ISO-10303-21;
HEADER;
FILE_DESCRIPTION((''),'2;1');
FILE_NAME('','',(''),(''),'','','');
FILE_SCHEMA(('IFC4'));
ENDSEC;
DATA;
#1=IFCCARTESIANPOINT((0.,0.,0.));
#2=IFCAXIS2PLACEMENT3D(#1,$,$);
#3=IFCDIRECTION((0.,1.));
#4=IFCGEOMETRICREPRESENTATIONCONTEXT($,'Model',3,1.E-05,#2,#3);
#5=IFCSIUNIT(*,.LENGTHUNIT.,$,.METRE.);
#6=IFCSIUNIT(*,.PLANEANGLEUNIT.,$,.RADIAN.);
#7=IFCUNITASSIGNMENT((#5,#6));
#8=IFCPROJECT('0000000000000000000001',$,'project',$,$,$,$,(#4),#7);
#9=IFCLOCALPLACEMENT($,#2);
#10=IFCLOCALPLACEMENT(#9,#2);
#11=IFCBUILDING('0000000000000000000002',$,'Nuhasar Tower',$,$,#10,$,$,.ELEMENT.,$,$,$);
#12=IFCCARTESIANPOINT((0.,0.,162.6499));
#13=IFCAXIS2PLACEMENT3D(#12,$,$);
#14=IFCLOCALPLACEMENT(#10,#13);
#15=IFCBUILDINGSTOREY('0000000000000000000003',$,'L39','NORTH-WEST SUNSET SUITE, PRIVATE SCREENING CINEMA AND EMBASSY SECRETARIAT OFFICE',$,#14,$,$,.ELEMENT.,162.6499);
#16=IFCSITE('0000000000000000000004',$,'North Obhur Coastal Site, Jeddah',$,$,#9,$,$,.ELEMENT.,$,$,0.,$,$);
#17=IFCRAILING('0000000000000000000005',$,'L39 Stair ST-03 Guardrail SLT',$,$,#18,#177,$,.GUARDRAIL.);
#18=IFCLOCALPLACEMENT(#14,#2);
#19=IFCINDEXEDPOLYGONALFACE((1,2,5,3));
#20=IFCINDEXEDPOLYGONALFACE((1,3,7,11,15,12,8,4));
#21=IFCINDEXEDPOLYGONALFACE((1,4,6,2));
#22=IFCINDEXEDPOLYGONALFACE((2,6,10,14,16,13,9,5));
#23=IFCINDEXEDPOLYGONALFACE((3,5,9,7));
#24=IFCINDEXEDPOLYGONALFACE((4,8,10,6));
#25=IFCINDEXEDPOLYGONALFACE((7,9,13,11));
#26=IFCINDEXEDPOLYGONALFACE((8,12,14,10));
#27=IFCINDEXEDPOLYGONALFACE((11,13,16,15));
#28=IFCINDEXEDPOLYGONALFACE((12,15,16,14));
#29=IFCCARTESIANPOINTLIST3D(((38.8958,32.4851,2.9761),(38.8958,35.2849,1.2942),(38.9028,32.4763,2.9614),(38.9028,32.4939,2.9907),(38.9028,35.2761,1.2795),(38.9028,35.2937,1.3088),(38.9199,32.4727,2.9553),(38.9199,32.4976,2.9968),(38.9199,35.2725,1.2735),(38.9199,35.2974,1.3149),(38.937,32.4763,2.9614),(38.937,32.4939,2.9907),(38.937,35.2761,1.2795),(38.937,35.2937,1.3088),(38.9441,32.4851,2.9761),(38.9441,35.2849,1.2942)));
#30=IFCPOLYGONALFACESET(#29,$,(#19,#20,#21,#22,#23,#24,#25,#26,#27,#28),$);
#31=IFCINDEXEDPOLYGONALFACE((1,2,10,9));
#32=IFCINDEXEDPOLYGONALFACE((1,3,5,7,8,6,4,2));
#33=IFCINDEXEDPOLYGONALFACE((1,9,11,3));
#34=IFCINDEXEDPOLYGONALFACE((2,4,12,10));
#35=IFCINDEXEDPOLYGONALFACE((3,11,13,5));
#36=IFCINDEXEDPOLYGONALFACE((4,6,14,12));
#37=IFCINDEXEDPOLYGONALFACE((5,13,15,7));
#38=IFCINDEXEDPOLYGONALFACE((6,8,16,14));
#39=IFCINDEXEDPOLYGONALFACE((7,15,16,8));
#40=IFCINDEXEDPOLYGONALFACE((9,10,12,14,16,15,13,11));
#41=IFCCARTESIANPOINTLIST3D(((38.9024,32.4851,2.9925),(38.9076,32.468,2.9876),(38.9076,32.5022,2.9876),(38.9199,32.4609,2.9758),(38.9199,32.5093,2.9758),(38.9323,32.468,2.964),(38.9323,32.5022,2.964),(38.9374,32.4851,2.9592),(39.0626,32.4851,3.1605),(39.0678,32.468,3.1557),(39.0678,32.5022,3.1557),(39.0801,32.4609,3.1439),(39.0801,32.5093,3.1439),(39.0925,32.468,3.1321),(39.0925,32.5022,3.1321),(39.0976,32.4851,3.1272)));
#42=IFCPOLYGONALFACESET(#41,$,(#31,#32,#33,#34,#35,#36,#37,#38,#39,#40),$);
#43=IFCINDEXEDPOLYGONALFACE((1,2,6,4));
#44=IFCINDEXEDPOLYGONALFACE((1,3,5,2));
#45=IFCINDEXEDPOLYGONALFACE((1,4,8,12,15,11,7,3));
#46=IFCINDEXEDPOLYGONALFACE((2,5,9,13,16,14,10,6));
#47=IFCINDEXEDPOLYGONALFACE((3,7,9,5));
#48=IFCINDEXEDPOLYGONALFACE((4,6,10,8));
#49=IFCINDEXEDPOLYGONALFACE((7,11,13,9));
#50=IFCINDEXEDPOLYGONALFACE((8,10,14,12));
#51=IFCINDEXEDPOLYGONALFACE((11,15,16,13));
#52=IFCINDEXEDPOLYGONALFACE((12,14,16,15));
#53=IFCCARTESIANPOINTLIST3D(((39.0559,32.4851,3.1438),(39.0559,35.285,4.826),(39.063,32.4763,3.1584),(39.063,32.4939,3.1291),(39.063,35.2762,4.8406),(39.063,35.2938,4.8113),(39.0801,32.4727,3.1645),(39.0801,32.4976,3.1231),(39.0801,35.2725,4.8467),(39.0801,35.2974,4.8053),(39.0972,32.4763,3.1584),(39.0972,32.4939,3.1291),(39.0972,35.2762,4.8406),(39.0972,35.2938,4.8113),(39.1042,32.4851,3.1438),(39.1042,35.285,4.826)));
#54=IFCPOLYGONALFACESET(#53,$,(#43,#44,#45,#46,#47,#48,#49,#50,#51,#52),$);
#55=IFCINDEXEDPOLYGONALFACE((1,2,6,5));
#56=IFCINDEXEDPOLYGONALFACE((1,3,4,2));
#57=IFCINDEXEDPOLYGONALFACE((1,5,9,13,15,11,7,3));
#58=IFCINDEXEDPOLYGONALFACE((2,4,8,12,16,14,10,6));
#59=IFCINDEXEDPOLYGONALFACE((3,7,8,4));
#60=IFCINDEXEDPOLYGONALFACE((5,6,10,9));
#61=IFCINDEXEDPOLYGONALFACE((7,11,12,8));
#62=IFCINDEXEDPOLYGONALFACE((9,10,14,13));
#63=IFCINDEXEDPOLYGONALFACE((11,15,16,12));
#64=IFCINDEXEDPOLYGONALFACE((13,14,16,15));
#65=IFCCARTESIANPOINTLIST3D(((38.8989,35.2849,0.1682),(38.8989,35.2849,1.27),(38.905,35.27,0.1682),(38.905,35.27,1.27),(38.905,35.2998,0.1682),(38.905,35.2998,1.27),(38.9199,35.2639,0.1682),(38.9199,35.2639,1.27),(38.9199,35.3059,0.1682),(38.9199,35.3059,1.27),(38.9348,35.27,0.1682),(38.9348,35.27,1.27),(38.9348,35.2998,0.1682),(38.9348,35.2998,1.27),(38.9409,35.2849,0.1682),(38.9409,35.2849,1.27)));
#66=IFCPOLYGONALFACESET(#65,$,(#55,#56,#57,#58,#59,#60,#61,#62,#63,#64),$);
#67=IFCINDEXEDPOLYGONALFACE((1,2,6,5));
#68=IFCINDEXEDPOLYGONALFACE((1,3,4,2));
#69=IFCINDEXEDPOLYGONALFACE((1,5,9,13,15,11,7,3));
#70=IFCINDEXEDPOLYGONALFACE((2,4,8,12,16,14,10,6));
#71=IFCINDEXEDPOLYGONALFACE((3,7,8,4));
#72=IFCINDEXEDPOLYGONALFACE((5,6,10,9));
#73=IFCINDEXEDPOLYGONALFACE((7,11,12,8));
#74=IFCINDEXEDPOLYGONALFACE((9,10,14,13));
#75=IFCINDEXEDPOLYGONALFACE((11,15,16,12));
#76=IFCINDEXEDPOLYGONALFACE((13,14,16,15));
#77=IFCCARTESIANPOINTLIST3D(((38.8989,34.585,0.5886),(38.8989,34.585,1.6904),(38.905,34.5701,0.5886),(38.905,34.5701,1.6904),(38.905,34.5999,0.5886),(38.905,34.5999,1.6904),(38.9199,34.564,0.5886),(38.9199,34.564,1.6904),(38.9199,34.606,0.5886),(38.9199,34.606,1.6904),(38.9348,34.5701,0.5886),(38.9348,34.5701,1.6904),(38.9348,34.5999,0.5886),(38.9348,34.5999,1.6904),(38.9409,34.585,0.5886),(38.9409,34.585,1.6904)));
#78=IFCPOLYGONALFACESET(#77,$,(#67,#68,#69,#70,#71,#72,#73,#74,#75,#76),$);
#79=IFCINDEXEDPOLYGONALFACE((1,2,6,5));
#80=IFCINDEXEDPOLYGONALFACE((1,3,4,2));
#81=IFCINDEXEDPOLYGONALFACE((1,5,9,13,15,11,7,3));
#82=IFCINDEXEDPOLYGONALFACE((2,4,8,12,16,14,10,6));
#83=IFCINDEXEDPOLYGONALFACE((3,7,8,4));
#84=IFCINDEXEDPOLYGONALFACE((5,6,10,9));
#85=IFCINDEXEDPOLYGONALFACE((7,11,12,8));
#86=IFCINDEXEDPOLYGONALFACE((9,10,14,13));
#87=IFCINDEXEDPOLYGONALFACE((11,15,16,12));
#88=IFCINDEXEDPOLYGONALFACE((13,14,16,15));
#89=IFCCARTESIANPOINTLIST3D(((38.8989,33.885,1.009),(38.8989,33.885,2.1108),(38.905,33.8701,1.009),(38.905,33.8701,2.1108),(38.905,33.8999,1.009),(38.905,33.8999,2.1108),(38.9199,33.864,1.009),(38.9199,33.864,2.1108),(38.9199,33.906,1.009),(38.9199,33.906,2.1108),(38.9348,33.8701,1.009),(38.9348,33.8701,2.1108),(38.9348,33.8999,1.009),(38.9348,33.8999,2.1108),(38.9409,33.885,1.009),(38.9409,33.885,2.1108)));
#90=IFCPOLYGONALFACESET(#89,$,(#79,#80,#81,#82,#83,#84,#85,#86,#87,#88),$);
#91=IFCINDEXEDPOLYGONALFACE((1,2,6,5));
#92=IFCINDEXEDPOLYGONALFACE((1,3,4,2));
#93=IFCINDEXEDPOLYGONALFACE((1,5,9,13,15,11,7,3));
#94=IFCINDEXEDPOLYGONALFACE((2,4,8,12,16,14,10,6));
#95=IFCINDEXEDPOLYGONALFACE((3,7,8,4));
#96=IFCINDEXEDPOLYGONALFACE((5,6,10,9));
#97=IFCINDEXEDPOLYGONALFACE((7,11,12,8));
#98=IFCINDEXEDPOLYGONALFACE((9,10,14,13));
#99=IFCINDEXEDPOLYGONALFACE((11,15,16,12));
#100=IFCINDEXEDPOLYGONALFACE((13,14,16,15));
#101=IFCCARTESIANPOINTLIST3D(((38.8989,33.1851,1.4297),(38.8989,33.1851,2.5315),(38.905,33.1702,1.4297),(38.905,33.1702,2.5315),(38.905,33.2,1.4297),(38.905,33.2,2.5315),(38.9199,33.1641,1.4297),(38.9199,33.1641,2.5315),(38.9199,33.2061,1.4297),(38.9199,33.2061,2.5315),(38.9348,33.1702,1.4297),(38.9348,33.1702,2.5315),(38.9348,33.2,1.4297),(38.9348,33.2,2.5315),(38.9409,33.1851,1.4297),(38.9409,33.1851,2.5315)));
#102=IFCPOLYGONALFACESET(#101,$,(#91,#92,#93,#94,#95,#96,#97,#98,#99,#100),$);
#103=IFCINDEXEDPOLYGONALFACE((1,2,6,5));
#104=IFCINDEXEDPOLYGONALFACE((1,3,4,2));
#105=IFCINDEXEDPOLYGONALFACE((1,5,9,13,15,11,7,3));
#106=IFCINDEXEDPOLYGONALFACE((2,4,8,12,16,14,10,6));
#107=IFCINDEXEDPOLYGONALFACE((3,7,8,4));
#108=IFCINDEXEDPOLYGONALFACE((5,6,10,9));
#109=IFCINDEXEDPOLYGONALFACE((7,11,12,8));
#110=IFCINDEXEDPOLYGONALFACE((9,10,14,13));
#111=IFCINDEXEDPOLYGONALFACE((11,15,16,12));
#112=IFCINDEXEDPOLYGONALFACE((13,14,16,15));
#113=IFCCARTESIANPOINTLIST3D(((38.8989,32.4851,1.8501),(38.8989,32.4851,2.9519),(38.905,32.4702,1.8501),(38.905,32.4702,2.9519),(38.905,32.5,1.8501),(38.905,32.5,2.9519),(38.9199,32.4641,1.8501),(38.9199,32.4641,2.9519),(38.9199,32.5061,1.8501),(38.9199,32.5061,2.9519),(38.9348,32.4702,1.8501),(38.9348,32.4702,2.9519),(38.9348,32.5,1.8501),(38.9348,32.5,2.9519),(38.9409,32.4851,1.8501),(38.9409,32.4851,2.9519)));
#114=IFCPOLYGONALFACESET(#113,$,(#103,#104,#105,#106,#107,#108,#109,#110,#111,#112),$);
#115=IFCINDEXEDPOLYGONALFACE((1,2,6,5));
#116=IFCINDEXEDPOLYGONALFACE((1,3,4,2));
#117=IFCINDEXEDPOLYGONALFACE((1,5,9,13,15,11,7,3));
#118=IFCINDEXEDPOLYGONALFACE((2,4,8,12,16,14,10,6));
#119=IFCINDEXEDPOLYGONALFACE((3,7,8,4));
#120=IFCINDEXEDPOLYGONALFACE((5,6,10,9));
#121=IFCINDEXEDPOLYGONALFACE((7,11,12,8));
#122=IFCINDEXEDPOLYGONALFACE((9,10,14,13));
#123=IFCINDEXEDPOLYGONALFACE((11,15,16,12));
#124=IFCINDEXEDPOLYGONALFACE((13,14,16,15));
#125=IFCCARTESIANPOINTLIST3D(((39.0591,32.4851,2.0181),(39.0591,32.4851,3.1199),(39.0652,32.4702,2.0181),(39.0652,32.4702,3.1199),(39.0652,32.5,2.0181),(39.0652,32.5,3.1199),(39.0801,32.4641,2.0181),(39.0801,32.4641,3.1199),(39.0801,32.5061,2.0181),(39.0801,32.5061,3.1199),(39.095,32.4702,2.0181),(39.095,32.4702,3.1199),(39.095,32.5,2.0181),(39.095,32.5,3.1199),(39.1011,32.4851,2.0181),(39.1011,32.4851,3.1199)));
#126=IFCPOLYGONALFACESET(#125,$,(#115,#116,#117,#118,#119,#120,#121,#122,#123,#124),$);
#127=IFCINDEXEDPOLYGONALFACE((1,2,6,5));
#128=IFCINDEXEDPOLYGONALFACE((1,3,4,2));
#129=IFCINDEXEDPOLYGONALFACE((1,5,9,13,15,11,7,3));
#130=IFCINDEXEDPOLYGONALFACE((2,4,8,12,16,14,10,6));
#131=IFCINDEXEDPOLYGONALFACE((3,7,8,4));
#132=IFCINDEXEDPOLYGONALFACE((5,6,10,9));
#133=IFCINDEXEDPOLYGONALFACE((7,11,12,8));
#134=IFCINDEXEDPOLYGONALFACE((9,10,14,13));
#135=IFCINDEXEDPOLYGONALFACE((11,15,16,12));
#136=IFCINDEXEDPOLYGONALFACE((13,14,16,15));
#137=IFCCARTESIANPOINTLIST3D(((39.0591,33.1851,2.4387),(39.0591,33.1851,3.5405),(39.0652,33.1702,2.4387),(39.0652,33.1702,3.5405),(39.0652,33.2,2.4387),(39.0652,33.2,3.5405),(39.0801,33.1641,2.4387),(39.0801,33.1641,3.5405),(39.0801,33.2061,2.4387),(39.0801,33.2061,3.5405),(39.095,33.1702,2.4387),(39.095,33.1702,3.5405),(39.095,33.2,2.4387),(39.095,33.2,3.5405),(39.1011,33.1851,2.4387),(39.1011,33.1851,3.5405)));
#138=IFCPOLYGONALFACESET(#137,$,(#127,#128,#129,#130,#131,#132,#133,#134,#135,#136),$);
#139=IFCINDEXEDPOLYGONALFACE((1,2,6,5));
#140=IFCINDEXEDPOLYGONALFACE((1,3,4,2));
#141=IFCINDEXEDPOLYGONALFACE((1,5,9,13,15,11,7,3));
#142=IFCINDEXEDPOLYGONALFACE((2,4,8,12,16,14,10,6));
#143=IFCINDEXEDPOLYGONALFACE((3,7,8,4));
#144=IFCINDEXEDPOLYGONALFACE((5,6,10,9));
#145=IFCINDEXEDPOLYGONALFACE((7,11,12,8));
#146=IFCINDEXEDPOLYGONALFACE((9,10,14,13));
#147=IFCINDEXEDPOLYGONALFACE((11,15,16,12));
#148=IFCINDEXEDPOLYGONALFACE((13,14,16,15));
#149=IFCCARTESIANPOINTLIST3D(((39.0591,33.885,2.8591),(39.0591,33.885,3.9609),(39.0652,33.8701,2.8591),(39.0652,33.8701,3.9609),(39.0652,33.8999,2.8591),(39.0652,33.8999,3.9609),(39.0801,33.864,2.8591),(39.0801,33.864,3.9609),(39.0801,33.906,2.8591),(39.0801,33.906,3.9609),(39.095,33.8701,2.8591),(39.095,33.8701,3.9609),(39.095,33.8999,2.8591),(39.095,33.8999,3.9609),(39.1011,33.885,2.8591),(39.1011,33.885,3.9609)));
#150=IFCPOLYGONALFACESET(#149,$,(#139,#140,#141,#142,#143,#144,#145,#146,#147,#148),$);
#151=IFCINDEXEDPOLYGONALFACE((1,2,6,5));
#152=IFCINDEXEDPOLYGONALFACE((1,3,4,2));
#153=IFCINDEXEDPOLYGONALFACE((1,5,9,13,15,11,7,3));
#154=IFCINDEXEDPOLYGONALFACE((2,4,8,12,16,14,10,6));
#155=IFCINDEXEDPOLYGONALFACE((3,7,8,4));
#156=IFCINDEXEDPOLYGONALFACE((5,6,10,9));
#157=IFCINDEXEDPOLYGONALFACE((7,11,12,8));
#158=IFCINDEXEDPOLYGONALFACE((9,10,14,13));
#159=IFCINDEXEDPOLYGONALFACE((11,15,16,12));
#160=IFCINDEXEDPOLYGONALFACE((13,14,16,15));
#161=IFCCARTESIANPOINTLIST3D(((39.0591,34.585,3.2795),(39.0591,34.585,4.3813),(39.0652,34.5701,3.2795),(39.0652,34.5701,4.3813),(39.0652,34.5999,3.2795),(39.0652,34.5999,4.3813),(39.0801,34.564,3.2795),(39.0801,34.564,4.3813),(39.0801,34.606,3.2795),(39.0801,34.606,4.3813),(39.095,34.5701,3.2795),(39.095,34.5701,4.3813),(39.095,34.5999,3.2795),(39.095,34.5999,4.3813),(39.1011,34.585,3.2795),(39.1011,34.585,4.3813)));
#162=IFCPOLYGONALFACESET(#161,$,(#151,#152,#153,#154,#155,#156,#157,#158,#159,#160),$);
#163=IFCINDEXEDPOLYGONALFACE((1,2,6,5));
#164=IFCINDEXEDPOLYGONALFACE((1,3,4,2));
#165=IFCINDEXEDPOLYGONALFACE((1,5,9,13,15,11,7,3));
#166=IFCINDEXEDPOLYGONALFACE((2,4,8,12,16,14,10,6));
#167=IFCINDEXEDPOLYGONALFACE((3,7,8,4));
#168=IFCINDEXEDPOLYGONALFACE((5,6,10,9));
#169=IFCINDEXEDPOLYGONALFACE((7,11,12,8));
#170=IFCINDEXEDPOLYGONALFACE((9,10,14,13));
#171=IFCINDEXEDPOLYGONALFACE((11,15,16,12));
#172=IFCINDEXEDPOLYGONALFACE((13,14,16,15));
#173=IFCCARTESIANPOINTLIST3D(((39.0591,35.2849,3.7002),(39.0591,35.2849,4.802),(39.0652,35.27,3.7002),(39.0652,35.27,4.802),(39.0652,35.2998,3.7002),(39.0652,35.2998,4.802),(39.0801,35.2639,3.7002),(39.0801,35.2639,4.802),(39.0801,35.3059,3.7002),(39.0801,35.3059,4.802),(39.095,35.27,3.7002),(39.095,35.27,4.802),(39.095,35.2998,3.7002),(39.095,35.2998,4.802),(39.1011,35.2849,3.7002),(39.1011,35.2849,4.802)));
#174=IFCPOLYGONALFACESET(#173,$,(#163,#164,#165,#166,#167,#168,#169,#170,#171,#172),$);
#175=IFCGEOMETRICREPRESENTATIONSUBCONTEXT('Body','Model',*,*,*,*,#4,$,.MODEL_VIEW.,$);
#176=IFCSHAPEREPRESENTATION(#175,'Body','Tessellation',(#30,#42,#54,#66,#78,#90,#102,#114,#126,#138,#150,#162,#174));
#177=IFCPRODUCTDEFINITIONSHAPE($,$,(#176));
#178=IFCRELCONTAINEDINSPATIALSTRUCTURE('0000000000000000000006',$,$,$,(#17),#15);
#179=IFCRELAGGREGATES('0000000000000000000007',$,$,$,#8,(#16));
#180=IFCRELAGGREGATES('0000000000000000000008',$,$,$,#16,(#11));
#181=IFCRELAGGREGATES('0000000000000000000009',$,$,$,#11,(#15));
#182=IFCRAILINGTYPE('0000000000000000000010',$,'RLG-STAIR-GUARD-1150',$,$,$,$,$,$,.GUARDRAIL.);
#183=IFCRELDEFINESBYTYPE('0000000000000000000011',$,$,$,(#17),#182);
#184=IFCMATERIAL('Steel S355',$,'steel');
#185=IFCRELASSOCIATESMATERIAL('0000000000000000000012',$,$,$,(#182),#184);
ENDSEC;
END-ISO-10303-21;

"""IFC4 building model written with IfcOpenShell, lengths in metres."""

from ifc_helpers import new_model, si_unit, direction, frame, origin, place, context, subcontext, project, spatial, polyline, outline, extrude, material, type_object, element, save


model = new_model("IFC4")

# Units and contexts
model_context = context("Model", 3, precision=1e-05, world=origin(), true_north=direction((0.0, 1.0)))
body_context = subcontext(model_context, "Body", "Model", "MODEL_VIEW")
ifc_project = project(units=[si_unit("LENGTHUNIT", "METRE"), si_unit("PLANEANGLEUNIT", "RADIAN")], contexts=[model_context])

# Site, building, storey
site_placement = place(None, origin())
site = spatial("IfcSite", under=ifc_project, at=site_placement, Name="North Obhur Coastal Site, Jeddah", CompositionType="ELEMENT", RefElevation=0.0)
building_placement = place(site_placement, origin())
building = spatial("IfcBuilding", under=site, at=building_placement, Name="Nuhasar Tower", CompositionType="ELEMENT")
storey_placement = place(building_placement, frame((0.0, 0.0, 162.6499)))
storey = spatial("IfcBuildingStorey", under=building, at=storey_placement, Name="L39", Description="NORTH-WEST SUNSET SUITE, PRIVATE SCREENING CINEMA AND EMBASSY SECRETARIAT OFFICE", CompositionType="ELEMENT", Elevation=162.6499)

# Shared definitions
ifc_material_1 = material(Name="Steel S355", Category="steel")

# Railing
railing_type_1 = type_object("IfcRailingType", Name="RLG-STAIR-GUARD-1150", PredefinedType="GUARDRAIL", material=ifc_material_1)
railing_1_placement = place(storey_placement, frame((38.9199, 35.2849, 0.1682)))
element("IfcRailing", 1, at=railing_1_placement, inside=storey, type_object=railing_type_1, Name="L39 Stair ST-03 Guardrail SLT", PredefinedType="GUARDRAIL", context=body_context, shape_type="SweptSolid", body=[
    extrude(outline(polyline([(0.0242, 0.0), (0.0171, 0.0171), (0.0, 0.0242), (-0.0171, 0.0171), (-0.0242, 0.0), (-0.0171, -0.0171), (0.0, -0.0242), (0.0171, -0.0171), (0.0242, 0.0)])), frame((0.0, 0.0, 1.126), z_axis=(0.0, -0.857222, 0.514946), x_axis=(1.0, 0.0, 0.0)), (0.0, 0.0, 1.0), 3.2661),
    extrude(outline(polyline([(0.0242, 0.0), (0.0171, 0.0171), (0.0, 0.0242), (-0.0171, 0.0171), (-0.0242, 0.0), (-0.0171, -0.0171), (0.0, -0.0242), (0.0171, -0.0171), (0.0242, 0.0)])), frame((0.0, -2.7998, 2.8076), z_axis=(0.690075, 0.0, 0.723738), x_axis=(0.0, 1.0, 0.0)), (0.0, 0.0, 1.0), 0.2322),
    extrude(outline(polyline([(0.0242, 0.0), (0.0171, 0.0171), (0.0, 0.0242), (-0.0171, 0.0171), (-0.0242, 0.0), (-0.0171, -0.0171), (0.0, -0.0242), (0.0171, -0.0171), (0.0242, 0.0)])), frame((0.1602, -2.7998, 2.9756), z_axis=(0.0, 0.857189, 0.515001), x_axis=(-1.0, 0.0, 0.0)), (0.0, 0.0, 1.0), 3.2664),
    extrude(outline(polyline([(0.021, 0.0), (0.0149, 0.0149), (0.0, 0.021), (-0.0149, 0.0149), (-0.021, 0.0), (-0.0149, -0.0149), (0.0, -0.021), (0.0149, -0.0149), (0.021, 0.0)])), origin(), (0.0, 0.0, 1.0), 1.1018),
    extrude(outline(polyline([(0.021, 0.0), (0.0149, 0.0149), (0.0, 0.021), (-0.0149, 0.0149), (-0.021, 0.0), (-0.0149, -0.0149), (0.0, -0.021), (0.0149, -0.0149), (0.021, 0.0)])), frame((0.0, -0.7, 0.4204)), (0.0, 0.0, 1.0), 1.1018),
    extrude(outline(polyline([(0.021, 0.0), (0.0149, 0.0149), (0.0, 0.021), (-0.0149, 0.0149), (-0.021, 0.0), (-0.0149, -0.0149), (0.0, -0.021), (0.0149, -0.0149), (0.021, 0.0)])), frame((0.0, -1.3999, 0.8408)), (0.0, 0.0, 1.0), 1.1018),
    extrude(outline(polyline([(0.021, 0.0), (0.0149, 0.0149), (0.0, 0.021), (-0.0149, 0.0149), (-0.021, 0.0), (-0.0149, -0.0149), (0.0, -0.021), (0.0149, -0.0149), (0.021, 0.0)])), frame((0.0, -2.0999, 1.2615)), (0.0, 0.0, 1.0), 1.1018),
    extrude(outline(polyline([(0.021, 0.0), (0.0149, 0.0149), (0.0, 0.021), (-0.0149, 0.0149), (-0.021, 0.0), (-0.0149, -0.0149), (0.0, -0.021), (0.0149, -0.0149), (0.021, 0.0)])), frame((0.0, -2.7998, 1.6819)), (0.0, 0.0, 1.0), 1.1018),
    extrude(outline(polyline([(0.021, 0.0), (0.0149, 0.0149), (0.0, 0.021), (-0.0149, 0.0149), (-0.021, 0.0), (-0.0149, -0.0149), (0.0, -0.021), (0.0149, -0.0149), (0.021, 0.0)])), frame((0.1602, -2.7998, 1.8499)), (0.0, 0.0, 1.0), 1.1018),
    extrude(outline(polyline([(0.021, 0.0), (0.0149, 0.0149), (0.0, 0.021), (-0.0149, 0.0149), (-0.021, 0.0), (-0.0149, -0.0149), (0.0, -0.021), (0.0149, -0.0149), (0.021, 0.0)])), frame((0.1602, -2.0999, 2.2705)), (0.0, 0.0, 1.0), 1.1018),
    extrude(outline(polyline([(0.021, 0.0), (0.0149, 0.0149), (0.0, 0.021), (-0.0149, 0.0149), (-0.021, 0.0), (-0.0149, -0.0149), (0.0, -0.021), (0.0149, -0.0149), (0.021, 0.0)])), frame((0.1602, -1.3999, 2.6909)), (0.0, 0.0, 1.0), 1.1018),
    extrude(outline(polyline([(0.021, 0.0), (0.0149, 0.0149), (0.0, 0.021), (-0.0149, 0.0149), (-0.021, 0.0), (-0.0149, -0.0149), (0.0, -0.021), (0.0149, -0.0149), (0.021, 0.0)])), frame((0.1602, -0.7, 3.1113)), (0.0, 0.0, 1.0), 1.1018),
    extrude(outline(polyline([(0.021, 0.0), (0.0149, 0.0149), (0.0, 0.021), (-0.0149, 0.0149), (-0.021, 0.0), (-0.0149, -0.0149), (0.0, -0.021), (0.0149, -0.0149), (0.021, 0.0)])), frame((0.1602, 0.0, 3.532)), (0.0, 0.0, 1.0), 1.1018),
])

save(model, "model.ifc")
